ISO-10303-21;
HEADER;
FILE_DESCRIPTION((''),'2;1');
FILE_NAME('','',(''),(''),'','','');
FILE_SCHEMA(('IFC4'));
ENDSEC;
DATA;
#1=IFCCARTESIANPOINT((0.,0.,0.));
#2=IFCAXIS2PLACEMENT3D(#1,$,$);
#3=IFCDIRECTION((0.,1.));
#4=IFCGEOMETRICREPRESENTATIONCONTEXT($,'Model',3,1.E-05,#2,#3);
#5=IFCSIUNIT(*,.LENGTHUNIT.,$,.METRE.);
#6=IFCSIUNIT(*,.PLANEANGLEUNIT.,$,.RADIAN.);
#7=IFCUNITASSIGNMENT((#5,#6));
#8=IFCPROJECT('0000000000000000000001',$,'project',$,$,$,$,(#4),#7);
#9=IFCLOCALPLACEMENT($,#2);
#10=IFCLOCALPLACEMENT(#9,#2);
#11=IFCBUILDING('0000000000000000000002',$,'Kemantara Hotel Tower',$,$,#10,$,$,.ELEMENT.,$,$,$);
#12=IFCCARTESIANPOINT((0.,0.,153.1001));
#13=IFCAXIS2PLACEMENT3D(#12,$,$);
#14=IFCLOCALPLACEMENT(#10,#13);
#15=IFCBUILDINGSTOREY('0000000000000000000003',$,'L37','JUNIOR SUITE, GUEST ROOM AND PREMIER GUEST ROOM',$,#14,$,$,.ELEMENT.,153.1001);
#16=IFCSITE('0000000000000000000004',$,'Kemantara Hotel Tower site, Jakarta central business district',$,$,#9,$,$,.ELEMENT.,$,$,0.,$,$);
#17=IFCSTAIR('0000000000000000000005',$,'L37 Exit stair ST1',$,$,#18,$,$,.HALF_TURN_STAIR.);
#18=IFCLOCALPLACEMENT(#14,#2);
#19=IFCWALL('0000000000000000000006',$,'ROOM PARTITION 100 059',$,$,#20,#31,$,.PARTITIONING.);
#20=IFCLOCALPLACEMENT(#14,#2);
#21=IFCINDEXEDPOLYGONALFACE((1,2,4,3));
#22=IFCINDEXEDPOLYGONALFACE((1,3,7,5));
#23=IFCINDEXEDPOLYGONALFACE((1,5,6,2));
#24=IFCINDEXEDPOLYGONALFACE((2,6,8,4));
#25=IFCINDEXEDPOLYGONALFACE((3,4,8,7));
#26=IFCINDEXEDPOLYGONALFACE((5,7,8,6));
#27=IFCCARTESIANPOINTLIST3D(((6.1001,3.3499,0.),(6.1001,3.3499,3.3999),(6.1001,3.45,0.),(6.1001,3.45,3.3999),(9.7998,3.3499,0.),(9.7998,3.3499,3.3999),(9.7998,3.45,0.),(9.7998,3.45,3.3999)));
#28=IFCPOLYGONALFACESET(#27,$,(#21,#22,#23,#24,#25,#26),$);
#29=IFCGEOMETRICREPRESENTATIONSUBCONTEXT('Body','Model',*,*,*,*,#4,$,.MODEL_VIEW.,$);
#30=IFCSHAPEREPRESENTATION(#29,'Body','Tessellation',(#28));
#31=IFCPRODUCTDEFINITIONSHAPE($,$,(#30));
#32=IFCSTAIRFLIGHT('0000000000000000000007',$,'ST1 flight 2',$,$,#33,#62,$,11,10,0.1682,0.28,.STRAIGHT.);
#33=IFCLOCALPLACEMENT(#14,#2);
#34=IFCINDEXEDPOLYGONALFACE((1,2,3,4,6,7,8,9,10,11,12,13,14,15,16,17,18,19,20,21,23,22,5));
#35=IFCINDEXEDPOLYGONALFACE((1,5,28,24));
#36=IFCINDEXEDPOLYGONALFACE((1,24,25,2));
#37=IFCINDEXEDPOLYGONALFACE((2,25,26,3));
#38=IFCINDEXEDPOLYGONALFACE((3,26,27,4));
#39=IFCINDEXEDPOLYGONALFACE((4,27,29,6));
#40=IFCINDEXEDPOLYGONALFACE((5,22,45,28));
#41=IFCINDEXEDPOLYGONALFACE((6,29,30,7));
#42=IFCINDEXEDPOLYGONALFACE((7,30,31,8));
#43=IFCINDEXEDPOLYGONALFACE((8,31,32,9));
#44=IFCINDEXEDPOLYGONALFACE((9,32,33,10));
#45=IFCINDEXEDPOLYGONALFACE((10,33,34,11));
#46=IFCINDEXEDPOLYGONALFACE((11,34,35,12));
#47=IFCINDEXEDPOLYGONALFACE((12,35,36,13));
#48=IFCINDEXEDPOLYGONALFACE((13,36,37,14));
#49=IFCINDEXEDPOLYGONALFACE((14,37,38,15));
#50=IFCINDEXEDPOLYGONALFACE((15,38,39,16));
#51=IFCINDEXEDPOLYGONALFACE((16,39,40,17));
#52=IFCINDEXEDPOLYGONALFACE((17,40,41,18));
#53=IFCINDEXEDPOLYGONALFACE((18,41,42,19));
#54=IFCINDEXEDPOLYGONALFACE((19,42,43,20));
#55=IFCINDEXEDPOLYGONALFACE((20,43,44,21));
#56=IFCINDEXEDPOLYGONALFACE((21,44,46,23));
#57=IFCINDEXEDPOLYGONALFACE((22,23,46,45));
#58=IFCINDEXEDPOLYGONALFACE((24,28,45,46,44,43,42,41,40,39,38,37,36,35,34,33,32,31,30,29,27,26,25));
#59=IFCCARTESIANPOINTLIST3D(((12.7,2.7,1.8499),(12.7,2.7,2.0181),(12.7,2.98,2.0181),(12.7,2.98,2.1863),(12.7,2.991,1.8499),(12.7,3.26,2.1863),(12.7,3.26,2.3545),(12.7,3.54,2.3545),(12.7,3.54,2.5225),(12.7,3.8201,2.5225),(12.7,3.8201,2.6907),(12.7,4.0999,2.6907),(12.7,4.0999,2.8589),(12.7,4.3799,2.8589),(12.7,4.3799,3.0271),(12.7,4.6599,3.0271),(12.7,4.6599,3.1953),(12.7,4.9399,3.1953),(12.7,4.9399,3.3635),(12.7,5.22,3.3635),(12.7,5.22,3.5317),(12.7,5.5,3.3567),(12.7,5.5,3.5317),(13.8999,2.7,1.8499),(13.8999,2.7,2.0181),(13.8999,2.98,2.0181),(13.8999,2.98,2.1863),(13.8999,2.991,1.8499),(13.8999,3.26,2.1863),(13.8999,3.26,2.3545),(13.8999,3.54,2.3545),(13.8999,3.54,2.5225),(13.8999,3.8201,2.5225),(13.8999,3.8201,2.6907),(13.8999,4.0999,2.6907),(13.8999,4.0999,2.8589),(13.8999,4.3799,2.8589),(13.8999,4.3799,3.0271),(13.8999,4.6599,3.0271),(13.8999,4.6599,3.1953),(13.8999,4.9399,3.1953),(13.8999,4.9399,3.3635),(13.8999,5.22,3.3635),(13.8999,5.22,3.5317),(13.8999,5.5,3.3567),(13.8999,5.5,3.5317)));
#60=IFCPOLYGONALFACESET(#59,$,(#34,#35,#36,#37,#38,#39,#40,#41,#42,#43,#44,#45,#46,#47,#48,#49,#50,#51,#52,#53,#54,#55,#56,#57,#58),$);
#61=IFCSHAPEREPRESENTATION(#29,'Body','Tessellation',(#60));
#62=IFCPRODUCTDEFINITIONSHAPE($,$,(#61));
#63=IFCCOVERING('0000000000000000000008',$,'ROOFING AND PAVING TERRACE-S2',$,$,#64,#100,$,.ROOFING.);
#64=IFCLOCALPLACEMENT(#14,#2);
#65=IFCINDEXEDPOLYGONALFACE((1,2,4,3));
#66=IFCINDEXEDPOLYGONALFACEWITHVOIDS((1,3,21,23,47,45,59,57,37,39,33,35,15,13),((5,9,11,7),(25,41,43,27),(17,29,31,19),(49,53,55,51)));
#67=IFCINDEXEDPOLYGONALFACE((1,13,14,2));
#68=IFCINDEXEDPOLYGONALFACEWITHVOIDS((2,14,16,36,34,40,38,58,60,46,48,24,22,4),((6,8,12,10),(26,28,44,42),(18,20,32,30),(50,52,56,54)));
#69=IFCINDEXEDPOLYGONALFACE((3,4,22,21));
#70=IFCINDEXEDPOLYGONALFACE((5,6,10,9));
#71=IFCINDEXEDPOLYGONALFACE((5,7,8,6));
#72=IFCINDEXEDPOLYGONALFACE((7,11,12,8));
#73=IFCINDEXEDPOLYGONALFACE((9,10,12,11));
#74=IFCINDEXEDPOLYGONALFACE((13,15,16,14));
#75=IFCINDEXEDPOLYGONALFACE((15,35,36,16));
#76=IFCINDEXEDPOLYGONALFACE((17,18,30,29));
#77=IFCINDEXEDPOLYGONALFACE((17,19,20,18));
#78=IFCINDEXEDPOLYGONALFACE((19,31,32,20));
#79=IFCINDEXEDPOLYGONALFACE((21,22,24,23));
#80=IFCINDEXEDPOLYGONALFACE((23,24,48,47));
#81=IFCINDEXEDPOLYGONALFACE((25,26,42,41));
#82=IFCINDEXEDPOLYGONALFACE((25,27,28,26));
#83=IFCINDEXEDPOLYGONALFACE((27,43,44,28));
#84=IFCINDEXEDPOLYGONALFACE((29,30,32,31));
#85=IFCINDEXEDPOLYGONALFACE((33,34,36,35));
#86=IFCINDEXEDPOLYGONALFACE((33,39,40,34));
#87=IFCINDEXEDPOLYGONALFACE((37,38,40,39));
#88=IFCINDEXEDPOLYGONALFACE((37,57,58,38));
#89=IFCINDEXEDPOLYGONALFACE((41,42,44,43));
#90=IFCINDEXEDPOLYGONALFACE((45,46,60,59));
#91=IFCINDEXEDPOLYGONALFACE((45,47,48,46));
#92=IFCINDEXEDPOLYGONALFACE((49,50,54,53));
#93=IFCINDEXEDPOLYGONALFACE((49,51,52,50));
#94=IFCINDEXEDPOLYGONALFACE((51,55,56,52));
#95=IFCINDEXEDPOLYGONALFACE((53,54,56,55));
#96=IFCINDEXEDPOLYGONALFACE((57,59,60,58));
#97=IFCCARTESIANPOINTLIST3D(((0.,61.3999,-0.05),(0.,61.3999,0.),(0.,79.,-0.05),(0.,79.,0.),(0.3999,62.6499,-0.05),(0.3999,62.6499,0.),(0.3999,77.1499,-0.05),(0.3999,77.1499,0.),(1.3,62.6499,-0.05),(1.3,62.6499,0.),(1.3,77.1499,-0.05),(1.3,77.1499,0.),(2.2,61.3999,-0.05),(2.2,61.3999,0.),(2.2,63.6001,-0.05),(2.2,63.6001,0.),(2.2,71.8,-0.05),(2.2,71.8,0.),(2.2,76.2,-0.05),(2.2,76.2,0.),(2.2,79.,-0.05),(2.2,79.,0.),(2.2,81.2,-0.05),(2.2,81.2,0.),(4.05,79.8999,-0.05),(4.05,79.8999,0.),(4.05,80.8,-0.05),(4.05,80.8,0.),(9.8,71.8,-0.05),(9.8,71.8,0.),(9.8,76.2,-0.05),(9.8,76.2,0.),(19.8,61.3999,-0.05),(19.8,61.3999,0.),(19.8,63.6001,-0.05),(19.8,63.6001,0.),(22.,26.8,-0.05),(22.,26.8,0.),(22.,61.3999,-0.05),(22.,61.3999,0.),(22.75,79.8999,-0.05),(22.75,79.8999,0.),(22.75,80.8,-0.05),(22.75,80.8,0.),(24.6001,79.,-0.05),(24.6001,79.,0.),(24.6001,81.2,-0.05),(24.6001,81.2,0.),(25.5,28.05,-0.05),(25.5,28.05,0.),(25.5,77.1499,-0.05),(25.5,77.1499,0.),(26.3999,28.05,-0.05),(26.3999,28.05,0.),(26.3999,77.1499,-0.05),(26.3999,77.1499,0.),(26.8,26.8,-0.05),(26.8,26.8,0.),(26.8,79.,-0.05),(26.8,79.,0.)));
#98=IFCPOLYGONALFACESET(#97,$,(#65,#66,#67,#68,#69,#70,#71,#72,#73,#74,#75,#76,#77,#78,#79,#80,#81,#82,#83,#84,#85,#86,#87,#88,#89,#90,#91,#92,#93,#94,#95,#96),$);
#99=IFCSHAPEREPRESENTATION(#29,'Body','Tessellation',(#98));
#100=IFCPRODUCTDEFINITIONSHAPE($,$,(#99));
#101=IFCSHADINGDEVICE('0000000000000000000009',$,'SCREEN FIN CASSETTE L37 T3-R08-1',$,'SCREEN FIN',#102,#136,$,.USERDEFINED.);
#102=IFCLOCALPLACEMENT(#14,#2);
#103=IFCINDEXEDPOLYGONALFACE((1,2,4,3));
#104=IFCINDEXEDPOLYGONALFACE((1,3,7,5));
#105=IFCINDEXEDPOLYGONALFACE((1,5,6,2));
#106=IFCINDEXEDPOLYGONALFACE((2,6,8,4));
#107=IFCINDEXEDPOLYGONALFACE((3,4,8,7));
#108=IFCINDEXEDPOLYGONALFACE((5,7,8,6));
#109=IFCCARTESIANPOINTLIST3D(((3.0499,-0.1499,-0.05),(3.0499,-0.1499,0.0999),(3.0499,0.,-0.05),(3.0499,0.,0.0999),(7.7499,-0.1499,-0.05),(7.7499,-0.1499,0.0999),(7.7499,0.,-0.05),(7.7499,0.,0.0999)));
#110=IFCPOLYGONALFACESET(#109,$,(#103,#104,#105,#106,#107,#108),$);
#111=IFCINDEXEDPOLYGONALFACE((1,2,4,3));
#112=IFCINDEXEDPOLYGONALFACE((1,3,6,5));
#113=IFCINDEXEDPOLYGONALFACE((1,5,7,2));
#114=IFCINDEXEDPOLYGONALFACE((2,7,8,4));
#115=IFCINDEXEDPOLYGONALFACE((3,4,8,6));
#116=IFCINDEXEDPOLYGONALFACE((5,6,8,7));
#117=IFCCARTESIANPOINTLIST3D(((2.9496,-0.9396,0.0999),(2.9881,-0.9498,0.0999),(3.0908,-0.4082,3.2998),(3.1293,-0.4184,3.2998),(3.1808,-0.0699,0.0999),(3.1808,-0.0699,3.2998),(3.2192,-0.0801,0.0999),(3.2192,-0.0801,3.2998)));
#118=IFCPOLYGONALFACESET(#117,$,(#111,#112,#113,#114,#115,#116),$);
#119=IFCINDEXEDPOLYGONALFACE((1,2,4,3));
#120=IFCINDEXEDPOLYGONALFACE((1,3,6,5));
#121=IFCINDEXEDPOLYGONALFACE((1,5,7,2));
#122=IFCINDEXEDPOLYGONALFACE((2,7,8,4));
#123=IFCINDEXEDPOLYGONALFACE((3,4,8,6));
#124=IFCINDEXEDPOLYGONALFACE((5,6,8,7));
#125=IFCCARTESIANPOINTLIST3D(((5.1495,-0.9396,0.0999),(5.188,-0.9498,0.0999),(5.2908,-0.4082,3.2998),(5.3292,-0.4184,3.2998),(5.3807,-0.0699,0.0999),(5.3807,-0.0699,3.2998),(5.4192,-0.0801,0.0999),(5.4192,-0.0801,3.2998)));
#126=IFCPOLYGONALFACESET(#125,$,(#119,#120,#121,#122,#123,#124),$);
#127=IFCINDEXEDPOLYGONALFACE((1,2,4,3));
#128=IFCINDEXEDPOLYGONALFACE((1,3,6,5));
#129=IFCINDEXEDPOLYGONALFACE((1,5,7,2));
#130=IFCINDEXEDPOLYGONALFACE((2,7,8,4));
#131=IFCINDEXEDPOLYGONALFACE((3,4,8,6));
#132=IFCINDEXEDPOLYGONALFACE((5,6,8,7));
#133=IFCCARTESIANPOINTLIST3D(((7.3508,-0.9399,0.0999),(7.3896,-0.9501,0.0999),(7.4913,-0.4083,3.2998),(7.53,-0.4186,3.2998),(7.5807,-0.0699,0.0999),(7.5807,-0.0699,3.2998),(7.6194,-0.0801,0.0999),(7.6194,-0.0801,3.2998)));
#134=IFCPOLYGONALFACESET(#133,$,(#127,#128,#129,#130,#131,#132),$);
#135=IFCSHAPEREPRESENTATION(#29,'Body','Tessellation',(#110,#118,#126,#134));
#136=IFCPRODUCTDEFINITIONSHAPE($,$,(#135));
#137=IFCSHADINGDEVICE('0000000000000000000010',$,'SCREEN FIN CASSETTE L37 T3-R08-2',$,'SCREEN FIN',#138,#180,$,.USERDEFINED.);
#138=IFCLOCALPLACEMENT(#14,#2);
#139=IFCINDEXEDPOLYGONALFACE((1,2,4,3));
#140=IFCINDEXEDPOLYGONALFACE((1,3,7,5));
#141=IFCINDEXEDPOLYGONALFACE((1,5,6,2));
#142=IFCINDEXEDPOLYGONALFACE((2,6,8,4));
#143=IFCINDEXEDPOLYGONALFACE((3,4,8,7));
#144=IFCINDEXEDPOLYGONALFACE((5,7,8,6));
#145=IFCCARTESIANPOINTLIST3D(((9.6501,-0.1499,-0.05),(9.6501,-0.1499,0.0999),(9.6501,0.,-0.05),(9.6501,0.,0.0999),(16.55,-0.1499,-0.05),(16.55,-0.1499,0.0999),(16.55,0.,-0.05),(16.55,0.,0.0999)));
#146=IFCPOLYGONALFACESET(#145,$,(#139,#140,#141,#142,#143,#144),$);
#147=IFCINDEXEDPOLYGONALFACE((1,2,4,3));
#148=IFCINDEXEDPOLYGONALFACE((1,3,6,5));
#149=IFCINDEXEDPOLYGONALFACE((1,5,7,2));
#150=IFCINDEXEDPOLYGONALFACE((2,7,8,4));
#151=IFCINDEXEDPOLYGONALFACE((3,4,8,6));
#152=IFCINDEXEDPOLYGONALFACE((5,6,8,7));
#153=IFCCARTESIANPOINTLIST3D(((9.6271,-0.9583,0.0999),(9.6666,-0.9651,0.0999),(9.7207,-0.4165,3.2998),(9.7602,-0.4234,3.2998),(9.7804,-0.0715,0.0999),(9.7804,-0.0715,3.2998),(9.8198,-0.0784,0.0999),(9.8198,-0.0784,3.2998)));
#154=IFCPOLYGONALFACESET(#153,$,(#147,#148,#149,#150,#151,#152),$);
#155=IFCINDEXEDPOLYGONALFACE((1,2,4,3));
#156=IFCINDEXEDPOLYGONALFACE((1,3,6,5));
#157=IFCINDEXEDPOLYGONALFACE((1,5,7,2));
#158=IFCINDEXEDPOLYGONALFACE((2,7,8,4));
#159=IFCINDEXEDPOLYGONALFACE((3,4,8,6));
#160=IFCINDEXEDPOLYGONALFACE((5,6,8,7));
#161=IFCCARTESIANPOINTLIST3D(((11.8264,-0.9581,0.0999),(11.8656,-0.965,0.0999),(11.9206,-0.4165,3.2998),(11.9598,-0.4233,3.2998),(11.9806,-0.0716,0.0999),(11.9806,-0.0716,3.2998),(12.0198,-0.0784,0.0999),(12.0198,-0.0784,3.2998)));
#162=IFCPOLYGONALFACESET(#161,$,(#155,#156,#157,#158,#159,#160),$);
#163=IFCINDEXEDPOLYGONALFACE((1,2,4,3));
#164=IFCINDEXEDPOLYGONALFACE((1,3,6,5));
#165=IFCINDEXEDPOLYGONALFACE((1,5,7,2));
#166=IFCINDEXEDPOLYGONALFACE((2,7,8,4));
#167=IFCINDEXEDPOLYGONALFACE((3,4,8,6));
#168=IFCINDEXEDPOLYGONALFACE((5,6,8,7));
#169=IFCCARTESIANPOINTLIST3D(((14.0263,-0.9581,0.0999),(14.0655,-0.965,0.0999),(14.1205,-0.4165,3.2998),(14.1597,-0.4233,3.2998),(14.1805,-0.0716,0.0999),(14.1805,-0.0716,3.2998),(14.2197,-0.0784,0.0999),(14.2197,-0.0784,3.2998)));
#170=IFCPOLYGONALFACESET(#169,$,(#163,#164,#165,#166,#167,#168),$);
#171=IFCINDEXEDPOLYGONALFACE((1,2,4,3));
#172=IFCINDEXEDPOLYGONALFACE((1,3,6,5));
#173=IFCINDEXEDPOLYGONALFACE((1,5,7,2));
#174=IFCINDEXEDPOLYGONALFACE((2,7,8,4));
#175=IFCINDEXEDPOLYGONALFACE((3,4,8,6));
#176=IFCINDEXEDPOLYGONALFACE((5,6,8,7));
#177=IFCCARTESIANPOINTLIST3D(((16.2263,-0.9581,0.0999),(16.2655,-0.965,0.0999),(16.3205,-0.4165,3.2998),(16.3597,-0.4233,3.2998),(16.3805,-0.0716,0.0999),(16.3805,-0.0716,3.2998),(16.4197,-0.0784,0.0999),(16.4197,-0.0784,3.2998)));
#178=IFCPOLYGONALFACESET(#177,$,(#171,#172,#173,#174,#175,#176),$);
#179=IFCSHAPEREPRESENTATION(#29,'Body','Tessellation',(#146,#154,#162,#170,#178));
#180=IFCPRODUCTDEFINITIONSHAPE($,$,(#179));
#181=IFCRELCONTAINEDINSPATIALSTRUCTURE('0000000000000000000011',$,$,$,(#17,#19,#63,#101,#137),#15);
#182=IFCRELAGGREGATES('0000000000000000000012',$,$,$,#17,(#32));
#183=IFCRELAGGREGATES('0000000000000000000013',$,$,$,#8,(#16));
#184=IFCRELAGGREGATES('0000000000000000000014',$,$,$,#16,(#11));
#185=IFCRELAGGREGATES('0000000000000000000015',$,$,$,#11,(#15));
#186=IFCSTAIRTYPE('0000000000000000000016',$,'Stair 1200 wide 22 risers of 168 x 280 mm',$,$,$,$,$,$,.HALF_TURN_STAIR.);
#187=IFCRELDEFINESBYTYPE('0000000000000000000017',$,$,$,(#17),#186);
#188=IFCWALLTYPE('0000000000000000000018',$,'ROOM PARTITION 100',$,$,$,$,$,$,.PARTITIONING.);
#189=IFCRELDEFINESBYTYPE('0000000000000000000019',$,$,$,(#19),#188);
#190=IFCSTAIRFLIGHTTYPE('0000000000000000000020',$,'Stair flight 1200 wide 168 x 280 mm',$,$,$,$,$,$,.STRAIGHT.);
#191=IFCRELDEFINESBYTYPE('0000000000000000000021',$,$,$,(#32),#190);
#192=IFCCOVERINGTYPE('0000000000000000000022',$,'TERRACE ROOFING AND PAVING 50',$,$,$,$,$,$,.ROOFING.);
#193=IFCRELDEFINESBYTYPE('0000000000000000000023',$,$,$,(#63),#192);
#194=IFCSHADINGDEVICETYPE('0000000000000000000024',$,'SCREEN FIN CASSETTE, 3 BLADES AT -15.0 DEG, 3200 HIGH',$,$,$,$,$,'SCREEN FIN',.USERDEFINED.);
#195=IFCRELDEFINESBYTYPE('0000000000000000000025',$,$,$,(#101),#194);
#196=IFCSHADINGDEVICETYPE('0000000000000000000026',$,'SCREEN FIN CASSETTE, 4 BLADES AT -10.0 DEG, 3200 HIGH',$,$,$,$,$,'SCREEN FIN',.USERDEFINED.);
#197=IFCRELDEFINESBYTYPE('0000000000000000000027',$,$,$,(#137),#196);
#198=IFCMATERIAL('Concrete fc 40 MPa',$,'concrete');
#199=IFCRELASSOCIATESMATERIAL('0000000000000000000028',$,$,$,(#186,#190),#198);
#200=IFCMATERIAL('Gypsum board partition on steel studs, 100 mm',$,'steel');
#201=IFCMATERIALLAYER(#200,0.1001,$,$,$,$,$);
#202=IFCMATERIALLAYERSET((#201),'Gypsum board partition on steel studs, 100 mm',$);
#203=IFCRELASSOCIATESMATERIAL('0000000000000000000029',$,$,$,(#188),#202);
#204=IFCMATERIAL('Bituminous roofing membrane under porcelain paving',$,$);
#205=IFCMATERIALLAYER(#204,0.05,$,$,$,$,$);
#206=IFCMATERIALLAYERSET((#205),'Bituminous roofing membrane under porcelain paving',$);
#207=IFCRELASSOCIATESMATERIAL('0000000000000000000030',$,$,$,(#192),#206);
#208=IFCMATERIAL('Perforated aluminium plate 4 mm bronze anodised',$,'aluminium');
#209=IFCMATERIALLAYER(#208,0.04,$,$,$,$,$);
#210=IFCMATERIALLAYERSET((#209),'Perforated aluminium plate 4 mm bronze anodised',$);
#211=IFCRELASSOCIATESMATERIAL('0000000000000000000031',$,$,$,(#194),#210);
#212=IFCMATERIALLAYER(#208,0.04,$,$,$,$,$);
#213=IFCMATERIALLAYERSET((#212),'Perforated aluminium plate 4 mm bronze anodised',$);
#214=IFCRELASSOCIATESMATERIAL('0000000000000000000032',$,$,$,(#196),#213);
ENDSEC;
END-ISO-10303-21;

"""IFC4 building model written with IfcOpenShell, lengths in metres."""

from ifc_helpers import new_model, si_unit, direction, frame, frame_2d, origin, origin_2d, place, context, subcontext, project, spatial, polyline, rectangle, outline, extrude, source, transform, mapped, material, layer, layer_set, type_object, element, aggregate, save


model = new_model("IFC4")

# Units and contexts
model_context = context("Model", 3, precision=1e-05, world=origin(), true_north=direction((0.0, 1.0)))
body_context = subcontext(model_context, "Body", "Model", "MODEL_VIEW")
ifc_project = project(units=[si_unit("LENGTHUNIT", "METRE"), si_unit("PLANEANGLEUNIT", "RADIAN")], contexts=[model_context])

# Site, building, storey
site_placement = place(None, origin())
site = spatial("IfcSite", under=ifc_project, at=site_placement, Name="Kemantara Hotel Tower site, Jakarta central business district", CompositionType="ELEMENT", RefElevation=0.0)
building_placement = place(site_placement, origin())
building = spatial("IfcBuilding", under=site, at=building_placement, Name="Kemantara Hotel Tower", CompositionType="ELEMENT")
storey_placement = place(building_placement, frame((0.0, 0.0, 153.1001)))
storey = spatial("IfcBuildingStorey", under=building, at=storey_placement, Name="L37", Description="JUNIOR SUITE, GUEST ROOM AND PREMIER GUEST ROOM", CompositionType="ELEMENT", Elevation=153.1001)

# Shared definitions
ifc_material_1 = material(Name="Concrete fc 40 MPa", Category="concrete")

# Stair
stair_type_1 = type_object("IfcStairType", Name="Stair 1200 wide 22 risers of 168 x 280 mm", PredefinedType="HALF_TURN_STAIR", material=ifc_material_1)
stair_1_placement = place(storey_placement, origin())
stair_1 = element("IfcStair", 1, at=stair_1_placement, inside=storey, type_object=stair_type_1, Name="L37 Exit stair ST1", PredefinedType="HALF_TURN_STAIR")

# Wall
ifc_material_2 = material(Name="Gypsum board partition on steel studs, 100 mm", Category="steel")
ifc_layer_1 = layer(ifc_material_2, 0.1001)
ifc_layer_set_1 = layer_set([ifc_layer_1], Name="Gypsum board partition on steel studs, 100 mm")
wall_type_1 = type_object("IfcWallType", Name="ROOM PARTITION 100", PredefinedType="PARTITIONING", material=ifc_layer_set_1)
for number, where, z_axis, x_axis, name in (
    (2, (6.1001, 3.3999, 0.0), (0.0, 0.0, 1.0), (1.0, 0.0, 0.0), "ROOM PARTITION 100 059"),
):
    element("IfcWall", number, at=place(storey_placement, frame(where, z_axis=z_axis, x_axis=x_axis)), inside=storey, type_object=wall_type_1, Name=name, PredefinedType="PARTITIONING", context=body_context, shape_type="SweptSolid", body=[
        extrude(rectangle(XDim=3.6997, YDim=0.1001, at=frame_2d((1.8499, 0.0))), origin(), (0.0, 0.0, 1.0), 3.3999),
    ])

# Stair flight
stair_flight_type = type_object("IfcStairFlightType", Name="Stair flight 1200 wide 168 x 280 mm", PredefinedType="STRAIGHT", material=ifc_material_1)
stair_flight_placement = place(storey_placement, frame((13.3, 2.7, 1.8499), z_axis=(0.0, 0.0, 1.0), x_axis=(0.0, 1.0, 0.0)))
stair_flight = element("IfcStairFlight", 3, at=stair_flight_placement, type_object=stair_flight_type, Name="ST1 flight 2", NumberOfRisers=11, NumberOfTreads=10, PredefinedType="STRAIGHT", RiserHeight=0.1682, TreadLength=0.28, context=body_context, shape_type="SweptSolid", body=[
    extrude(outline(polyline([(0.0, 0.0), (0.0, 0.1682), (0.28, 0.1682), (0.28, 0.3364), (0.5601, 0.3364), (0.5601, 0.5046), (0.8401, 0.5046), (0.8401, 0.6726), (1.1201, 0.6726), (1.1201, 0.8408), (1.3999, 0.8408), (1.3999, 1.009), (1.6799, 1.009), (1.6799, 1.1772), (1.96, 1.1772), (1.96, 1.3455), (2.24, 1.3455), (2.24, 1.5137), (2.52, 1.5137), (2.52, 1.6819), (2.8, 1.6819), (2.8, 1.8501), (2.8, 1.5068), (0.291, 0.0), (0.0, 0.0)])), frame((0.0, 0.6001, 0.0), z_axis=(0.0, -1.0, 0.0), x_axis=(1.0, 0.0, 0.0)), (0.0, 0.0, 1.0), 1.2),
])
aggregate(stair_1, [stair_flight])

# Covering
ifc_material_3 = material(Name="Bituminous roofing membrane under porcelain paving")
ifc_layer_2 = layer(ifc_material_3, 0.05)
ifc_layer_set_2 = layer_set([ifc_layer_2], Name="Bituminous roofing membrane under porcelain paving")
covering_type = type_object("IfcCoveringType", Name="TERRACE ROOFING AND PAVING 50", PredefinedType="ROOFING", material=ifc_layer_set_2)
covering_placement = place(storey_placement, frame((0.0, 0.0, -0.05)))
element("IfcCovering", 4, at=covering_placement, inside=storey, type_object=covering_type, Name="ROOFING AND PAVING TERRACE-S2", PredefinedType="ROOFING", context=body_context, shape_type="SweptSolid", body=[
    extrude(outline(polyline([(24.6001, 81.2), (24.6001, 79.0), (26.8, 79.0), (26.8, 26.8), (22.0, 26.8), (22.0, 61.3999), (19.8, 61.3999), (19.8, 63.6001), (2.2, 63.6001), (2.2, 61.3999), (0.0, 61.3999), (0.0, 79.0), (2.2, 79.0), (2.2, 81.2), (24.6001, 81.2)]), holes=[polyline([(2.2, 71.8), (9.8, 71.8), (9.8, 76.2), (2.2, 76.2), (2.2, 71.8)]), polyline([(1.3, 77.1499), (0.3999, 77.1499), (0.3999, 62.6499), (1.3, 62.6499), (1.3, 77.1499)]), polyline([(4.05, 79.8999), (22.75, 79.8999), (22.75, 80.8), (4.05, 80.8), (4.05, 79.8999)]), polyline([(26.3999, 77.1499), (25.5, 77.1499), (25.5, 28.05), (26.3999, 28.05), (26.3999, 77.1499)])]), origin(), (0.0, 0.0, 1.0), 0.05),
])

# Shading devices
ifc_material_4 = material(Name="Perforated aluminium plate 4 mm bronze anodised", Category="aluminium")
ifc_layer_3 = layer(ifc_material_4, 0.04)
ifc_layer_set_3 = layer_set([ifc_layer_3], Name="Perforated aluminium plate 4 mm bronze anodised")
shading_device_type_1 = type_object("IfcShadingDeviceType", Name="SCREEN FIN CASSETTE, 3 BLADES AT -15.0 DEG, 3200 HIGH", ElementType="SCREEN FIN", PredefinedType="USERDEFINED", material=ifc_layer_set_3)
shared_shape_1 = source(origin(), body_context, "Body", "SweptSolid", [
    extrude(rectangle(XDim=4.7, YDim=0.1499, at=origin_2d()), frame((2.2, -0.075, -0.1499), z_axis=(0.0, 0.0, 1.0), x_axis=(1.0, 0.0, 0.0)), (0.0, 0.0, 1.0), 0.1499),
    extrude(outline(polyline([(0.0, 0.0), (0.8999, 0.0), (0.3501, 3.2), (0.0, 3.2), (0.0, 0.0)])), frame((0.0193, -0.0801, 0.0), z_axis=(-0.966438, 0.256901, 0.0), x_axis=(-0.256901, -0.966438, 0.0)), (0.0, 0.0, 1.0), 0.0398),
    extrude(outline(polyline([(0.0, 0.0), (0.8999, 0.0), (0.3501, 3.2), (0.0, 3.2), (0.0, 0.0)])), frame((2.2192, -0.0801, 0.0), z_axis=(-0.966438, 0.256901, 0.0), x_axis=(-0.256901, -0.966438, 0.0)), (0.0, 0.0, 1.0), 0.0398),
    extrude(outline(polyline([(0.0, 0.0), (0.8999, 0.0), (0.3501, 3.2), (0.0, 3.2), (0.0, 0.0)])), frame((4.4194, -0.0801, 0.0), z_axis=(-0.966838, 0.255391, 0.0), x_axis=(-0.255391, -0.966838, 0.0)), (0.0, 0.0, 1.0), 0.04),
])
shading_device_1_placement = place(storey_placement, frame((3.2, 0.0, 0.0999), z_axis=(0.0, 0.0, 1.0), x_axis=(1.0, 0.0, 0.0)))
element("IfcShadingDevice", 5, at=shading_device_1_placement, inside=storey, type_object=shading_device_type_1, Name="SCREEN FIN CASSETTE L37 T3-R08-1", ObjectType="SCREEN FIN", PredefinedType="USERDEFINED", context=body_context, shape_type="MappedRepresentation", body=[
    mapped(shared_shape_1, transform((0.0, 0.0, 0.0))),
])
ifc_layer_4 = layer(ifc_material_4, 0.04)
ifc_layer_set_4 = layer_set([ifc_layer_4], Name="Perforated aluminium plate 4 mm bronze anodised")
shading_device_type_2 = type_object("IfcShadingDeviceType", Name="SCREEN FIN CASSETTE, 4 BLADES AT -10.0 DEG, 3200 HIGH", ElementType="SCREEN FIN", PredefinedType="USERDEFINED", material=ifc_layer_set_4)
shared_shape_2 = source(origin(), body_context, "Body", "SweptSolid", [
    extrude(rectangle(XDim=6.8999, YDim=0.1499, at=origin_2d()), frame((3.3, -0.075, -0.1499), z_axis=(0.0, 0.0, 1.0), x_axis=(1.0, 0.0, 0.0)), (0.0, 0.0, 1.0), 0.1499),
    extrude(outline(polyline([(0.0, 0.0), (0.8999, 0.0), (0.3501, 3.2), (0.0, 3.2), (0.0, 0.0)])), frame((0.0198, -0.0784, 0.0), z_axis=(-0.98539, 0.170314, 0.0), x_axis=(-0.170314, -0.98539, 0.0)), (0.0, 0.0, 1.0), 0.04),
    extrude(outline(polyline([(0.0, 0.0), (0.8999, 0.0), (0.3501, 3.2), (0.0, 3.2), (0.0, 0.0)])), frame((2.2197, -0.0784, 0.0), z_axis=(-0.985212, 0.171341, 0.0), x_axis=(-0.171341, -0.985212, 0.0)), (0.0, 0.0, 1.0), 0.0398),
    extrude(outline(polyline([(0.0, 0.0), (0.8999, 0.0), (0.3501, 3.2), (0.0, 3.2), (0.0, 0.0)])), frame((4.4197, -0.0784, 0.0), z_axis=(-0.985212, 0.171341, 0.0), x_axis=(-0.171341, -0.985212, 0.0)), (0.0, 0.0, 1.0), 0.0398),
    extrude(outline(polyline([(0.0, 0.0), (0.8999, 0.0), (0.3501, 3.2), (0.0, 3.2), (0.0, 0.0)])), frame((6.6196, -0.0784, 0.0), z_axis=(-0.985212, 0.171341, 0.0), x_axis=(-0.171341, -0.985212, 0.0)), (0.0, 0.0, 1.0), 0.0398),
])
shading_device_2_placement = place(storey_placement, frame((9.8, 0.0, 0.0999), z_axis=(0.0, 0.0, 1.0), x_axis=(1.0, 0.0, 0.0)))
element("IfcShadingDevice", 6, at=shading_device_2_placement, inside=storey, type_object=shading_device_type_2, Name="SCREEN FIN CASSETTE L37 T3-R08-2", ObjectType="SCREEN FIN", PredefinedType="USERDEFINED", context=body_context, shape_type="MappedRepresentation", body=[
    mapped(shared_shape_2, transform((0.0, 0.0, 0.0))),
])

save(model, "model.ifc")
